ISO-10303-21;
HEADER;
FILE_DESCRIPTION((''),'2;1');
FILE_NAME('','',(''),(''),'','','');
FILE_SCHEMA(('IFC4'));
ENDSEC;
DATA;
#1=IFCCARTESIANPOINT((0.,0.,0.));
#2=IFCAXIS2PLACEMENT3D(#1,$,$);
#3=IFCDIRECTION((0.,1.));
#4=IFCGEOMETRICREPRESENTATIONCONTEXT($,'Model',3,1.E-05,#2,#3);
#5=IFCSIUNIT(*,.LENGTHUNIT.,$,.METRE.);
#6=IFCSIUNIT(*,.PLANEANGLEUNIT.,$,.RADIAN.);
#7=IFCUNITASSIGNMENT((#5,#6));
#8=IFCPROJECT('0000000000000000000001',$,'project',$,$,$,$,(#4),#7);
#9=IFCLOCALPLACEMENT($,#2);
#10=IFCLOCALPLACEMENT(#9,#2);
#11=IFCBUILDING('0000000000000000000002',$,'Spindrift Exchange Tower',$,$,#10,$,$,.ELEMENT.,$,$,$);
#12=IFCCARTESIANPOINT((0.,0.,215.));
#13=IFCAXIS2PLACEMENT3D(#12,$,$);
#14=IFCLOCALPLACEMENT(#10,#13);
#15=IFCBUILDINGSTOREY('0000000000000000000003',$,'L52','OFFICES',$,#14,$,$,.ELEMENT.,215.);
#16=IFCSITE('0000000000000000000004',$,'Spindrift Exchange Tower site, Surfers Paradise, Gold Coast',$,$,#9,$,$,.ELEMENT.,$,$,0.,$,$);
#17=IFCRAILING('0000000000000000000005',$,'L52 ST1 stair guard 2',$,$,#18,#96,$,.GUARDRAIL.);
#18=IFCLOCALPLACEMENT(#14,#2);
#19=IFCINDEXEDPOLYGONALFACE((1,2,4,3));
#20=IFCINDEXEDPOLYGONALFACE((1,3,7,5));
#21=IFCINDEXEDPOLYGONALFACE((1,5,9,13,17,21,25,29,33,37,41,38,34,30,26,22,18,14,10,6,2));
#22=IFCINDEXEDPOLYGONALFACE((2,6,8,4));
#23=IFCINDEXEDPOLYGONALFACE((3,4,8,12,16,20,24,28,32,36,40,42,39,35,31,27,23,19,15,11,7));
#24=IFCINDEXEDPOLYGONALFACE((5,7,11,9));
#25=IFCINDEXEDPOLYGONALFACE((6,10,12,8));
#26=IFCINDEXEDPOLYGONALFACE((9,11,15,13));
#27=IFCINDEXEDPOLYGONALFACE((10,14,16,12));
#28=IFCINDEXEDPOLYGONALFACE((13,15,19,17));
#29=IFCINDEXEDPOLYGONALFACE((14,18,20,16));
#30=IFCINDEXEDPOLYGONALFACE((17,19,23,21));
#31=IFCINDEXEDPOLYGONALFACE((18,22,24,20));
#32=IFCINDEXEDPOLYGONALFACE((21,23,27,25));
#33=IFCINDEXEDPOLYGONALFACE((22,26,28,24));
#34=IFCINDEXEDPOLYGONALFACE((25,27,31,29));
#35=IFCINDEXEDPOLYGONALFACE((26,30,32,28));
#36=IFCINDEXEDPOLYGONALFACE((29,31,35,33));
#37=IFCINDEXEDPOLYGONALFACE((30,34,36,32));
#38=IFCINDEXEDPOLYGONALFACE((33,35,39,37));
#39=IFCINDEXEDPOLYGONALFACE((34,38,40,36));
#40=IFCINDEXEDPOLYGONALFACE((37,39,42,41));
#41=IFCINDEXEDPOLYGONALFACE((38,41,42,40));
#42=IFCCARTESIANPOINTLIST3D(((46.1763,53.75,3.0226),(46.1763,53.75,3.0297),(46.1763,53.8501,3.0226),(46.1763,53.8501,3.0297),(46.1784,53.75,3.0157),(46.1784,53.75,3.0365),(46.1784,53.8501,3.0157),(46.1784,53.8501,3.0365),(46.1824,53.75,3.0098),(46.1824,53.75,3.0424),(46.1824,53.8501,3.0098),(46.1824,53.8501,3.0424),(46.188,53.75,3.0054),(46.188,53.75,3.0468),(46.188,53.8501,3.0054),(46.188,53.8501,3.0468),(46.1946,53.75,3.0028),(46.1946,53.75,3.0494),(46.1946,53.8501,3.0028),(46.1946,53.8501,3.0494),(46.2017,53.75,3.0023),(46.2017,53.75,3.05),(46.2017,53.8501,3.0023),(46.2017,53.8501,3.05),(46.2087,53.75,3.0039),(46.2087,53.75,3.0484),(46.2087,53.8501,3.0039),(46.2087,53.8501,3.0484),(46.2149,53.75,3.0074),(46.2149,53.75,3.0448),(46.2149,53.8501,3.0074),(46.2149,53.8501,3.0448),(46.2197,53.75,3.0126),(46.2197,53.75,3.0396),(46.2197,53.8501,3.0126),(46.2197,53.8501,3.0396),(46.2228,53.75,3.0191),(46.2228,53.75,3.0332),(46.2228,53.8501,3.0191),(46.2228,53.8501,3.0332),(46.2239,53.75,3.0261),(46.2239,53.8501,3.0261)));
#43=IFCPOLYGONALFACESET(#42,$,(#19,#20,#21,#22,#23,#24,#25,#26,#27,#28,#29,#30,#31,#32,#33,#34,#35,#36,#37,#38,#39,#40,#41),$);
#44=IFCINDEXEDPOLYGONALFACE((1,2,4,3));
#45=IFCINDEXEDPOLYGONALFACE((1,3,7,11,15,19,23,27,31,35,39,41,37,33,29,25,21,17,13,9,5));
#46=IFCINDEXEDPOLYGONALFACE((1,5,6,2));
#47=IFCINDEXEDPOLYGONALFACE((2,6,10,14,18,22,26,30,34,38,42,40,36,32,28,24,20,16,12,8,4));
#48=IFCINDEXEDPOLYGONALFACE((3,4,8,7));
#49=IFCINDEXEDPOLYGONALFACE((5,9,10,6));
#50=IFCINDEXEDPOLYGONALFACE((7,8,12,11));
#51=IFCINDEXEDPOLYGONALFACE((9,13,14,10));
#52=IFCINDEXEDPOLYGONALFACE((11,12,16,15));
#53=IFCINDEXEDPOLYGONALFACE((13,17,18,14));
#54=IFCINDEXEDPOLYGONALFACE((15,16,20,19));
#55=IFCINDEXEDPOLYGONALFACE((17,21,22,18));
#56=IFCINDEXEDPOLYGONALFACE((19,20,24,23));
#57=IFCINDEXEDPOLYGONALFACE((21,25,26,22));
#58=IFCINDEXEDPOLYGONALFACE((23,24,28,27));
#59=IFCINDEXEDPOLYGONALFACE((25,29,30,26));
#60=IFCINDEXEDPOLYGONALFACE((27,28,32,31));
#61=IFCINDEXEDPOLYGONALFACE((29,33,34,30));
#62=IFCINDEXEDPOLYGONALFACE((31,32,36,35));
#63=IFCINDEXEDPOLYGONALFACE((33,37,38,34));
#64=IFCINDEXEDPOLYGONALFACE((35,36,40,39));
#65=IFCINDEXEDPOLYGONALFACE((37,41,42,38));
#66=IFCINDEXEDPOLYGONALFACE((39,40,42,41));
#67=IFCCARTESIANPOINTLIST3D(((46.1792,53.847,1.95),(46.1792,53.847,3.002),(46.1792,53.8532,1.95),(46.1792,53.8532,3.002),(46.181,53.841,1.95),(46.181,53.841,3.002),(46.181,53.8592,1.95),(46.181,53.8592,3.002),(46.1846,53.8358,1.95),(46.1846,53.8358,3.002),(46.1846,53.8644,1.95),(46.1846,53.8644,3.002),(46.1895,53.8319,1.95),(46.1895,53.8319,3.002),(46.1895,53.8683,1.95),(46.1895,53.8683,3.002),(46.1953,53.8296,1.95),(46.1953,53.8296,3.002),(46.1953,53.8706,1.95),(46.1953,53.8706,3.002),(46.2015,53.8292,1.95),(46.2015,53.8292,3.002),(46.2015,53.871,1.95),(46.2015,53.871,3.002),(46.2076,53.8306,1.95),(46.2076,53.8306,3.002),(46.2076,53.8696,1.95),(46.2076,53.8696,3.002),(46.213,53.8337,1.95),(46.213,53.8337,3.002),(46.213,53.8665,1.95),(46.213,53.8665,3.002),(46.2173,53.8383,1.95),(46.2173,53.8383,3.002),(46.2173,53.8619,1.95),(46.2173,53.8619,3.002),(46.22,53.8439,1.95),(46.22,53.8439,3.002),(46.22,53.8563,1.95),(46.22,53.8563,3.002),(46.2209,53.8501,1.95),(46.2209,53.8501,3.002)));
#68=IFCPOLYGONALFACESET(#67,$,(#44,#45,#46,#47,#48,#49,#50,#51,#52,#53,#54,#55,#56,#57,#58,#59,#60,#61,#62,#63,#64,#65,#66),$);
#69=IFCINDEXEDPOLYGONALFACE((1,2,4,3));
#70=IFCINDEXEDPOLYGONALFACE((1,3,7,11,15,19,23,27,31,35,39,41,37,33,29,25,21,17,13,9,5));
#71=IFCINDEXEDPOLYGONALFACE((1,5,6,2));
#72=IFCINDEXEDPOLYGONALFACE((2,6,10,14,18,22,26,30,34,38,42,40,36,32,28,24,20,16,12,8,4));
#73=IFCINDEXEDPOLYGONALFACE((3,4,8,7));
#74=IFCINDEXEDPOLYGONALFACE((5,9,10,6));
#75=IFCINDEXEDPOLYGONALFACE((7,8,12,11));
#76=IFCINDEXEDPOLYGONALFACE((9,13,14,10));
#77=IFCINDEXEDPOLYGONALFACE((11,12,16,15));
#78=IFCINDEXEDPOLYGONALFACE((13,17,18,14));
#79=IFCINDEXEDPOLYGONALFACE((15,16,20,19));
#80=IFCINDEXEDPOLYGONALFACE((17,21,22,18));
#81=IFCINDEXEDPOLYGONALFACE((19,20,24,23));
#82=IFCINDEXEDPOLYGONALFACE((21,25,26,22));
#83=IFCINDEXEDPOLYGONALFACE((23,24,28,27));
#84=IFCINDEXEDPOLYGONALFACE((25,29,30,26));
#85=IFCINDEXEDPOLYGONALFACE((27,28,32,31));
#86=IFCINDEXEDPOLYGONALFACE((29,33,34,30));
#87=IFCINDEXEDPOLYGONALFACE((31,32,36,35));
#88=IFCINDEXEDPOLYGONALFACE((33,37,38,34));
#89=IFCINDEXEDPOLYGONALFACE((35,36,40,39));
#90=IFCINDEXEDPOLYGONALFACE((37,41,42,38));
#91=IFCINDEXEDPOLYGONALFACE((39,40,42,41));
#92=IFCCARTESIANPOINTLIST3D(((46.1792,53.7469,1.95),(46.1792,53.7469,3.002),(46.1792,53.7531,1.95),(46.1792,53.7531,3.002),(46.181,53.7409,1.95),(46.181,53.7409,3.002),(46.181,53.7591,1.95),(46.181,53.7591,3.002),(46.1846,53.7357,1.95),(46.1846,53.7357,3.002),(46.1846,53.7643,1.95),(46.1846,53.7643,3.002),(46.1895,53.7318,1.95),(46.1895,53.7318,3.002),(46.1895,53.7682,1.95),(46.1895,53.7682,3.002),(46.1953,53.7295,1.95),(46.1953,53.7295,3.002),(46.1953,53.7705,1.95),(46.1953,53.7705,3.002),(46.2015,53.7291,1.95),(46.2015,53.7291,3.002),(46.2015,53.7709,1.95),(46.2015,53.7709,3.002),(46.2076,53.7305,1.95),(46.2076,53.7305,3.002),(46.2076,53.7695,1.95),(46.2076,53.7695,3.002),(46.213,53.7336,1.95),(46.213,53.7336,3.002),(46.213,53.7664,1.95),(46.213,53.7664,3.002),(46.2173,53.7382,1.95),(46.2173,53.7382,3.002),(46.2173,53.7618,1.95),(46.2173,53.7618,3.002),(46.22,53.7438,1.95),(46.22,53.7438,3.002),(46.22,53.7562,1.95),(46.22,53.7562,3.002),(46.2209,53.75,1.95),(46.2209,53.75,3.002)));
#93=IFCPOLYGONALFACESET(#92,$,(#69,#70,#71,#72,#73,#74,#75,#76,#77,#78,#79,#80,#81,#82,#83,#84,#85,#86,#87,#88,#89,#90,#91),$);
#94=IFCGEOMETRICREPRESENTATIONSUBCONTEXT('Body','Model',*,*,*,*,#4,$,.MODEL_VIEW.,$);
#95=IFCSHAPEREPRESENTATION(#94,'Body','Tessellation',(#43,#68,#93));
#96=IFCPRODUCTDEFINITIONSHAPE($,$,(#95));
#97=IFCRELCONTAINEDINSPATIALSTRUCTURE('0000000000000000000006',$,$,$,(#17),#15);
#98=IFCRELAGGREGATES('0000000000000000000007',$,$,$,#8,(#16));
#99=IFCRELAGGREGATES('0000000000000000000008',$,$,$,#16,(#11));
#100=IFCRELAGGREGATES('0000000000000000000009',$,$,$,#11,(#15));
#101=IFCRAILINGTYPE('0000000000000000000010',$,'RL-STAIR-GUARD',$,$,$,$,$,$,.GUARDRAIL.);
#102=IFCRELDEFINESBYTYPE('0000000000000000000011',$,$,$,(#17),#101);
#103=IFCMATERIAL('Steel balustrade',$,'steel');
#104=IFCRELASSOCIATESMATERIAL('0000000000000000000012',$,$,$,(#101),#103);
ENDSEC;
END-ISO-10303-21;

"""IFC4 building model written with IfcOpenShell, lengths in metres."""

from ifc_helpers import new_model, si_unit, direction, frame, origin, origin_2d, place, context, subcontext, project, spatial, circle, extrude, material, type_object, element, save


model = new_model("IFC4")

# Units and contexts
model_context = context("Model", 3, precision=1e-05, world=origin(), true_north=direction((0.0, 1.0)))
body_context = subcontext(model_context, "Body", "Model", "MODEL_VIEW")
ifc_project = project(units=[si_unit("LENGTHUNIT", "METRE"), si_unit("PLANEANGLEUNIT", "RADIAN")], contexts=[model_context])

# Site, building, storey
site_placement = place(None, origin())
site = spatial("IfcSite", under=ifc_project, at=site_placement, Name="Spindrift Exchange Tower site, Surfers Paradise, Gold Coast", CompositionType="ELEMENT", RefElevation=0.0)
building_placement = place(site_placement, origin())
building = spatial("IfcBuilding", under=site, at=building_placement, Name="Spindrift Exchange Tower", CompositionType="ELEMENT")
storey_placement = place(building_placement, frame((0.0, 0.0, 215.0)))
storey = spatial("IfcBuildingStorey", under=building, at=storey_placement, Name="L52", Description="OFFICES", CompositionType="ELEMENT", Elevation=215.0)

# Railing
ifc_material_1 = material(Name="Steel balustrade", Category="steel")
railing_type_1 = type_object("IfcRailingType", Name="RL-STAIR-GUARD", PredefinedType="GUARDRAIL", material=ifc_material_1)
railing_1_placement = place(storey_placement, frame((46.2, 53.8501, 1.95)))
element("IfcRailing", 1, at=railing_1_placement, inside=storey, type_object=railing_type_1, Name="L52 ST1 stair guard 2", PredefinedType="GUARDRAIL", context=body_context, shape_type="SweptSolid", body=[
    extrude(circle(Radius=0.0239, at=origin_2d()), frame((0.0, 0.0, 1.0762), z_axis=(0.0, -1.0, 0.0), x_axis=(1.0, 0.0, 0.0)), (0.0, 0.0, 1.0), 0.1001),
    extrude(circle(Radius=0.021, at=origin_2d()), origin(), (0.0, 0.0, 1.0), 1.052),
    extrude(circle(Radius=0.021, at=origin_2d()), frame((0.0, -0.1001, 0.0)), (0.0, 0.0, 1.0), 1.052),
])

save(model, "model.ifc")
